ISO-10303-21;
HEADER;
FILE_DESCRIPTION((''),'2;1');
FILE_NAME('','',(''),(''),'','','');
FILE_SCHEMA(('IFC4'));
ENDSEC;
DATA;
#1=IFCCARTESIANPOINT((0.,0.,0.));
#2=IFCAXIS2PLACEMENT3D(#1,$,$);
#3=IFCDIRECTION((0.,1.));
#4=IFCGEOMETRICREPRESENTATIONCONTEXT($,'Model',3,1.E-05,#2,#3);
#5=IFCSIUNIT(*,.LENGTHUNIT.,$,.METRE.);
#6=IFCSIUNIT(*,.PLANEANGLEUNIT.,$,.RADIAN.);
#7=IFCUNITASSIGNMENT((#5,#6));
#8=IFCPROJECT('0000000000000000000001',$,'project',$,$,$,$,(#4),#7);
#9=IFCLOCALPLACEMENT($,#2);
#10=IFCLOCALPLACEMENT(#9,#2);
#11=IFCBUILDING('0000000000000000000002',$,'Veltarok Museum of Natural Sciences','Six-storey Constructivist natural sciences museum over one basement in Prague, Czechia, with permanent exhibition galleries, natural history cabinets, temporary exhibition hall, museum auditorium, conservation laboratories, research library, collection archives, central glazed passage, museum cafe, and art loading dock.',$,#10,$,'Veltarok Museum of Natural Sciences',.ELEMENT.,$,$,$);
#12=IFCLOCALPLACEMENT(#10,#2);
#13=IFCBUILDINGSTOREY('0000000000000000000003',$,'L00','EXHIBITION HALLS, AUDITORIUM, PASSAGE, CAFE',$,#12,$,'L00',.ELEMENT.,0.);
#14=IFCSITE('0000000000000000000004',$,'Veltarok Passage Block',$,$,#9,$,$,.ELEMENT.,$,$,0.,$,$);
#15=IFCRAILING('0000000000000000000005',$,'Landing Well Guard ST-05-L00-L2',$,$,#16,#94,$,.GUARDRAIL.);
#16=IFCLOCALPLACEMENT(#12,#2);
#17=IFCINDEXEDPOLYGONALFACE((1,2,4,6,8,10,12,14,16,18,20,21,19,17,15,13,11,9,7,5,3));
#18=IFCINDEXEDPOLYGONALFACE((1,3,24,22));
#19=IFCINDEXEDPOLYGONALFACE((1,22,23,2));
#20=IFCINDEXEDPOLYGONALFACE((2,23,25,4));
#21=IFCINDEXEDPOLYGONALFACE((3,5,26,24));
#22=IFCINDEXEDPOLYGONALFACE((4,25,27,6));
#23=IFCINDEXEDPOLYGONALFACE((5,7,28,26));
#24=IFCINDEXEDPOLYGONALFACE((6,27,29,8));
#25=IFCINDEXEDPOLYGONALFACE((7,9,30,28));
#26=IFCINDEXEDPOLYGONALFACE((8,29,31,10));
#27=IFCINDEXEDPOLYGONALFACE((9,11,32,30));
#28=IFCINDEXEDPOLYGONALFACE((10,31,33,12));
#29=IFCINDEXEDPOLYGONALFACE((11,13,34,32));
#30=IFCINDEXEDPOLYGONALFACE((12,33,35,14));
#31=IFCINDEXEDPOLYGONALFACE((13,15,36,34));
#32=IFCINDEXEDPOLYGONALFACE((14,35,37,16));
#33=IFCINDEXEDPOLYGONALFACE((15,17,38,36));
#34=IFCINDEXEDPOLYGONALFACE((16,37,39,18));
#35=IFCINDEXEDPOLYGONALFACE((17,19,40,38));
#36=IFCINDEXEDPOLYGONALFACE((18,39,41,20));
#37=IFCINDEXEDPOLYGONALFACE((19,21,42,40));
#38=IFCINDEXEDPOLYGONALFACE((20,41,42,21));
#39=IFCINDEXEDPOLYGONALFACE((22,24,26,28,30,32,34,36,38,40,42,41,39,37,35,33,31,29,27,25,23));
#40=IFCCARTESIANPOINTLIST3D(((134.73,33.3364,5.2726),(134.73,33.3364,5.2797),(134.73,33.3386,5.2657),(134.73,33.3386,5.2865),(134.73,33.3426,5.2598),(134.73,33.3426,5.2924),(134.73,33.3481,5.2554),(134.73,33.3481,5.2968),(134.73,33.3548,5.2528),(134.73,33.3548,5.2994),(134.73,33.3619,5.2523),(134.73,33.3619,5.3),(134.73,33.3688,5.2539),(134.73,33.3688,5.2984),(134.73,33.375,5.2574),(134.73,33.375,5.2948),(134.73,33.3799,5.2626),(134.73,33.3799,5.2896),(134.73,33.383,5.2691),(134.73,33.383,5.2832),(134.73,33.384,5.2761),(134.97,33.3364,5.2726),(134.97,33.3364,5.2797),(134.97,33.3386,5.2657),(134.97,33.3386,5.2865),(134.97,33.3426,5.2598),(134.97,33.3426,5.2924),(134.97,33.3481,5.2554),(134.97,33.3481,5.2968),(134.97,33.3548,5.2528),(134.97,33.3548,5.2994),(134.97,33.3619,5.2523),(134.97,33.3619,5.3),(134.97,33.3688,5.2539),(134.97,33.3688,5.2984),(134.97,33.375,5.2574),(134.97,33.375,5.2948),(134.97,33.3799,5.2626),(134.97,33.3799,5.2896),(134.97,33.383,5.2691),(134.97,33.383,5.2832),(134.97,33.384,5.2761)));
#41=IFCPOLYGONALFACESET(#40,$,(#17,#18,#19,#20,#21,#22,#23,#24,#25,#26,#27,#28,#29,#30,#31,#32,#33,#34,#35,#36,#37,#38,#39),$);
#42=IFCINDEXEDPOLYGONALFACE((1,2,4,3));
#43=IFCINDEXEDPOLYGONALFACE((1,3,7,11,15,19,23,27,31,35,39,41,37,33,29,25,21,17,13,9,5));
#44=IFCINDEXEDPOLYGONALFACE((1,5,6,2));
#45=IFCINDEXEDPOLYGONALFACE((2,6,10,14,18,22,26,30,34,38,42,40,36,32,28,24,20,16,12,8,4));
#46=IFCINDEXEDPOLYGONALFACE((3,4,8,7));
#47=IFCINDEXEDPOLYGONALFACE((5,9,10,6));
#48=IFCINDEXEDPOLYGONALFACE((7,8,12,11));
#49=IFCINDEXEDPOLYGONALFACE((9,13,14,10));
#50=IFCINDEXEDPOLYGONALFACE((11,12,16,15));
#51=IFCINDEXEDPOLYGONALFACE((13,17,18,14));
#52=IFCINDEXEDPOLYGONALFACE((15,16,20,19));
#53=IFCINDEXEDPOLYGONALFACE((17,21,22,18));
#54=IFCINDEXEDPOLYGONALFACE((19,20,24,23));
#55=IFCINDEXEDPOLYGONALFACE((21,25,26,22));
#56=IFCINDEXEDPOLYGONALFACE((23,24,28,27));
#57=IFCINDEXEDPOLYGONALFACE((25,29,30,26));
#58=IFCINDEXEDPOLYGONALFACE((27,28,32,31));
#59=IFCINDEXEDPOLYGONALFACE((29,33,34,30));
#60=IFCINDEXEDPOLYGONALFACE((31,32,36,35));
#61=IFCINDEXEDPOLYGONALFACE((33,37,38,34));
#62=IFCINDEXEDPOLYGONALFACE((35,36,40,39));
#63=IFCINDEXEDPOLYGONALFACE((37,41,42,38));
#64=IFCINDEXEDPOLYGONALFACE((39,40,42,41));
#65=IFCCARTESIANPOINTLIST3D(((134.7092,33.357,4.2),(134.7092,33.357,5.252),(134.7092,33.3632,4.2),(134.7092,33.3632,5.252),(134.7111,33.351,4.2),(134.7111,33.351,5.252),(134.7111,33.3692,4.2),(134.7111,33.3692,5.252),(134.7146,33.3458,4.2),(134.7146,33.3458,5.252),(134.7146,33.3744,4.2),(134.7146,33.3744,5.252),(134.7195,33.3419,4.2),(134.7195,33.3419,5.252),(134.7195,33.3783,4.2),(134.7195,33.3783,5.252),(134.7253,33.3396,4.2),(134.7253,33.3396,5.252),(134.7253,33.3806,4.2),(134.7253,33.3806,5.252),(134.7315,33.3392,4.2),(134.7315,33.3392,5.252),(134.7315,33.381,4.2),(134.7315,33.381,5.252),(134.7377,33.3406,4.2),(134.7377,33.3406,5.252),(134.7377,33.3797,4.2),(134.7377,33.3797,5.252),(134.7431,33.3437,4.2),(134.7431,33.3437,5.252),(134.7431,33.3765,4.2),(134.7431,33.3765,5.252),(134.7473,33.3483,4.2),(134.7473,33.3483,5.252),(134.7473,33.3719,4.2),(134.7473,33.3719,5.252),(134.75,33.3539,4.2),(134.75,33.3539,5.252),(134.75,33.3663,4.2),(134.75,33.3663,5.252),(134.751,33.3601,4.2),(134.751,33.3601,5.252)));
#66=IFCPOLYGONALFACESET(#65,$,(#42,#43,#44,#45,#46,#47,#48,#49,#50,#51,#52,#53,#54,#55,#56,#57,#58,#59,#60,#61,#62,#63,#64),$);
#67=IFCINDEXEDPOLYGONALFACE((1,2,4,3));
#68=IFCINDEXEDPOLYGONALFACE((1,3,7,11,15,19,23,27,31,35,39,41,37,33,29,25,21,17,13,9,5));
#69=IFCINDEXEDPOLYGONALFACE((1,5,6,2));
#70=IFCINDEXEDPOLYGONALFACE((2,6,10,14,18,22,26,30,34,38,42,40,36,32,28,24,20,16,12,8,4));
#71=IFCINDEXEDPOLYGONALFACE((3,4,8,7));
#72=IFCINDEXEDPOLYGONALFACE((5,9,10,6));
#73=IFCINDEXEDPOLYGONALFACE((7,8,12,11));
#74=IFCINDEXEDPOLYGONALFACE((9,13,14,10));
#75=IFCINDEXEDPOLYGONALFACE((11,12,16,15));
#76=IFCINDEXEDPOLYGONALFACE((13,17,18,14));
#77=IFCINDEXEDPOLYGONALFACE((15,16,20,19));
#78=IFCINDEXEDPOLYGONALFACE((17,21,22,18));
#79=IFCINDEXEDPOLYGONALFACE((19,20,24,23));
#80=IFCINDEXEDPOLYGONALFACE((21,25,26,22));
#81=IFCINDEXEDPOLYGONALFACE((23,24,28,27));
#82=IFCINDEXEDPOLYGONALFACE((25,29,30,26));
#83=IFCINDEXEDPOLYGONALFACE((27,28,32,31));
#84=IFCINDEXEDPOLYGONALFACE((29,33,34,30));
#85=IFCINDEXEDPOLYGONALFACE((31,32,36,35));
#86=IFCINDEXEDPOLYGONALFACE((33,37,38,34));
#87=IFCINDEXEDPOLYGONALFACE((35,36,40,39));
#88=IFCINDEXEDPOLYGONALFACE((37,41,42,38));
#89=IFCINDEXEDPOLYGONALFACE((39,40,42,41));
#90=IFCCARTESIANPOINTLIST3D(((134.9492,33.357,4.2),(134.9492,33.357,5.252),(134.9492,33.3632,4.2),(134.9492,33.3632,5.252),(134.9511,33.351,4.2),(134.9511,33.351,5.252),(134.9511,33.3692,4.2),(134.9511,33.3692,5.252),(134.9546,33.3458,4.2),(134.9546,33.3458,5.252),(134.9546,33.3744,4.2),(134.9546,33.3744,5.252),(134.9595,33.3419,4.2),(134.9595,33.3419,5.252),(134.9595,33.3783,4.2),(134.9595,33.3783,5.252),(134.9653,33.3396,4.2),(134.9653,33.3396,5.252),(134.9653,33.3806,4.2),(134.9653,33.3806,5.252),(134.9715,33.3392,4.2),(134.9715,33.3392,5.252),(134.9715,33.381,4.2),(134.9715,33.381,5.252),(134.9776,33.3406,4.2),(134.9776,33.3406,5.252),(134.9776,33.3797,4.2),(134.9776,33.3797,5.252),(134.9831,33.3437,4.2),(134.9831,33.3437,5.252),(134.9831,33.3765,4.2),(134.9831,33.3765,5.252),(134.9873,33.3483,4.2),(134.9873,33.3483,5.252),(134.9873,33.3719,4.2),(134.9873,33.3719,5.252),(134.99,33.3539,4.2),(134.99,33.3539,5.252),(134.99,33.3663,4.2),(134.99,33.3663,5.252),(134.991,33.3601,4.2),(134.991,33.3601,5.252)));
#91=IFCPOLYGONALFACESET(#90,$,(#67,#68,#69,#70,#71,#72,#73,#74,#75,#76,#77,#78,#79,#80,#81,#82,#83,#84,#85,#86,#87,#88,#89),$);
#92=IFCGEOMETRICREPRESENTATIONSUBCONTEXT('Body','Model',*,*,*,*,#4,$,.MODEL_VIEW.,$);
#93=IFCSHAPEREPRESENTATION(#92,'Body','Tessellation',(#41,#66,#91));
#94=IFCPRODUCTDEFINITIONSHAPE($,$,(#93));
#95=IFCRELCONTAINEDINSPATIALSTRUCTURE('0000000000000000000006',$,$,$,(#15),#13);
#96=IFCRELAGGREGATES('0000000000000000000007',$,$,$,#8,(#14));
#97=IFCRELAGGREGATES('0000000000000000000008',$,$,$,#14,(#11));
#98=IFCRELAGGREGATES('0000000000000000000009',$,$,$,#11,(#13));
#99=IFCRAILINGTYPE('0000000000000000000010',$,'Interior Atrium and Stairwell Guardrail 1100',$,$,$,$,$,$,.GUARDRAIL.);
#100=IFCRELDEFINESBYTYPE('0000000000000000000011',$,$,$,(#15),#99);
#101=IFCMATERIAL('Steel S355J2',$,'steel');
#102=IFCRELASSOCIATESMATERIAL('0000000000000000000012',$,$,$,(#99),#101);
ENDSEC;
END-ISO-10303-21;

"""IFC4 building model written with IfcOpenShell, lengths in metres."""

from ifc_helpers import new_model, si_unit, direction, frame, origin, origin_2d, place, context, subcontext, project, spatial, circle, extrude, material, type_object, element, save


model = new_model("IFC4")

# Units and contexts
model_context = context("Model", 3, precision=1e-05, world=origin(), true_north=direction((0.0, 1.0)))
body_context = subcontext(model_context, "Body", "Model", "MODEL_VIEW")
ifc_project = project(units=[si_unit("LENGTHUNIT", "METRE"), si_unit("PLANEANGLEUNIT", "RADIAN")], contexts=[model_context])

# Site, building, storey
site_placement = place(None, origin())
site = spatial("IfcSite", under=ifc_project, at=site_placement, Name="Veltarok Passage Block", CompositionType="ELEMENT", RefElevation=0.0)
building_placement = place(site_placement, origin())
building = spatial("IfcBuilding", under=site, at=building_placement, Name="Veltarok Museum of Natural Sciences", Description="Six-storey Constructivist natural sciences museum over one basement in Prague, Czechia, with permanent exhibition galleries, natural history cabinets, temporary exhibition hall, museum auditorium, conservation laboratories, research library, collection archives, central glazed passage, museum cafe, and art loading dock.", LongName="Veltarok Museum of Natural Sciences", CompositionType="ELEMENT")
storey_placement = place(building_placement, origin())
storey = spatial("IfcBuildingStorey", under=building, at=storey_placement, Name="L00", Description="EXHIBITION HALLS, AUDITORIUM, PASSAGE, CAFE", LongName="L00", CompositionType="ELEMENT", Elevation=0.0)

# Shared definitions
ifc_material_1 = material(Name="Steel S355J2", Category="steel")

# Railing
railing_type_1 = type_object("IfcRailingType", Name="Interior Atrium and Stairwell Guardrail 1100", PredefinedType="GUARDRAIL", material=ifc_material_1)
for number, where, name in (
    (1, (134.73, 33.3601, 4.2), "Landing Well Guard ST-05-L00-L2"),
):
    element("IfcRailing", number, at=place(storey_placement, frame(where)), inside=storey, type_object=railing_type_1, Name=name, PredefinedType="GUARDRAIL", context=body_context, shape_type="SweptSolid", body=[
        extrude(circle(Radius=0.0239, at=origin_2d()), frame((0.0, 0.0, 1.0762), z_axis=(1.0, 0.0, 0.0), x_axis=(0.0, 1.0, 0.0)), (0.0, 0.0, 1.0), 0.24),
        extrude(circle(Radius=0.021, at=origin_2d()), origin(), (0.0, 0.0, 1.0), 1.052),
        extrude(circle(Radius=0.021, at=origin_2d()), frame((0.24, 0.0, 0.0)), (0.0, 0.0, 1.0), 1.052),
    ])

save(model, "model.ifc")
